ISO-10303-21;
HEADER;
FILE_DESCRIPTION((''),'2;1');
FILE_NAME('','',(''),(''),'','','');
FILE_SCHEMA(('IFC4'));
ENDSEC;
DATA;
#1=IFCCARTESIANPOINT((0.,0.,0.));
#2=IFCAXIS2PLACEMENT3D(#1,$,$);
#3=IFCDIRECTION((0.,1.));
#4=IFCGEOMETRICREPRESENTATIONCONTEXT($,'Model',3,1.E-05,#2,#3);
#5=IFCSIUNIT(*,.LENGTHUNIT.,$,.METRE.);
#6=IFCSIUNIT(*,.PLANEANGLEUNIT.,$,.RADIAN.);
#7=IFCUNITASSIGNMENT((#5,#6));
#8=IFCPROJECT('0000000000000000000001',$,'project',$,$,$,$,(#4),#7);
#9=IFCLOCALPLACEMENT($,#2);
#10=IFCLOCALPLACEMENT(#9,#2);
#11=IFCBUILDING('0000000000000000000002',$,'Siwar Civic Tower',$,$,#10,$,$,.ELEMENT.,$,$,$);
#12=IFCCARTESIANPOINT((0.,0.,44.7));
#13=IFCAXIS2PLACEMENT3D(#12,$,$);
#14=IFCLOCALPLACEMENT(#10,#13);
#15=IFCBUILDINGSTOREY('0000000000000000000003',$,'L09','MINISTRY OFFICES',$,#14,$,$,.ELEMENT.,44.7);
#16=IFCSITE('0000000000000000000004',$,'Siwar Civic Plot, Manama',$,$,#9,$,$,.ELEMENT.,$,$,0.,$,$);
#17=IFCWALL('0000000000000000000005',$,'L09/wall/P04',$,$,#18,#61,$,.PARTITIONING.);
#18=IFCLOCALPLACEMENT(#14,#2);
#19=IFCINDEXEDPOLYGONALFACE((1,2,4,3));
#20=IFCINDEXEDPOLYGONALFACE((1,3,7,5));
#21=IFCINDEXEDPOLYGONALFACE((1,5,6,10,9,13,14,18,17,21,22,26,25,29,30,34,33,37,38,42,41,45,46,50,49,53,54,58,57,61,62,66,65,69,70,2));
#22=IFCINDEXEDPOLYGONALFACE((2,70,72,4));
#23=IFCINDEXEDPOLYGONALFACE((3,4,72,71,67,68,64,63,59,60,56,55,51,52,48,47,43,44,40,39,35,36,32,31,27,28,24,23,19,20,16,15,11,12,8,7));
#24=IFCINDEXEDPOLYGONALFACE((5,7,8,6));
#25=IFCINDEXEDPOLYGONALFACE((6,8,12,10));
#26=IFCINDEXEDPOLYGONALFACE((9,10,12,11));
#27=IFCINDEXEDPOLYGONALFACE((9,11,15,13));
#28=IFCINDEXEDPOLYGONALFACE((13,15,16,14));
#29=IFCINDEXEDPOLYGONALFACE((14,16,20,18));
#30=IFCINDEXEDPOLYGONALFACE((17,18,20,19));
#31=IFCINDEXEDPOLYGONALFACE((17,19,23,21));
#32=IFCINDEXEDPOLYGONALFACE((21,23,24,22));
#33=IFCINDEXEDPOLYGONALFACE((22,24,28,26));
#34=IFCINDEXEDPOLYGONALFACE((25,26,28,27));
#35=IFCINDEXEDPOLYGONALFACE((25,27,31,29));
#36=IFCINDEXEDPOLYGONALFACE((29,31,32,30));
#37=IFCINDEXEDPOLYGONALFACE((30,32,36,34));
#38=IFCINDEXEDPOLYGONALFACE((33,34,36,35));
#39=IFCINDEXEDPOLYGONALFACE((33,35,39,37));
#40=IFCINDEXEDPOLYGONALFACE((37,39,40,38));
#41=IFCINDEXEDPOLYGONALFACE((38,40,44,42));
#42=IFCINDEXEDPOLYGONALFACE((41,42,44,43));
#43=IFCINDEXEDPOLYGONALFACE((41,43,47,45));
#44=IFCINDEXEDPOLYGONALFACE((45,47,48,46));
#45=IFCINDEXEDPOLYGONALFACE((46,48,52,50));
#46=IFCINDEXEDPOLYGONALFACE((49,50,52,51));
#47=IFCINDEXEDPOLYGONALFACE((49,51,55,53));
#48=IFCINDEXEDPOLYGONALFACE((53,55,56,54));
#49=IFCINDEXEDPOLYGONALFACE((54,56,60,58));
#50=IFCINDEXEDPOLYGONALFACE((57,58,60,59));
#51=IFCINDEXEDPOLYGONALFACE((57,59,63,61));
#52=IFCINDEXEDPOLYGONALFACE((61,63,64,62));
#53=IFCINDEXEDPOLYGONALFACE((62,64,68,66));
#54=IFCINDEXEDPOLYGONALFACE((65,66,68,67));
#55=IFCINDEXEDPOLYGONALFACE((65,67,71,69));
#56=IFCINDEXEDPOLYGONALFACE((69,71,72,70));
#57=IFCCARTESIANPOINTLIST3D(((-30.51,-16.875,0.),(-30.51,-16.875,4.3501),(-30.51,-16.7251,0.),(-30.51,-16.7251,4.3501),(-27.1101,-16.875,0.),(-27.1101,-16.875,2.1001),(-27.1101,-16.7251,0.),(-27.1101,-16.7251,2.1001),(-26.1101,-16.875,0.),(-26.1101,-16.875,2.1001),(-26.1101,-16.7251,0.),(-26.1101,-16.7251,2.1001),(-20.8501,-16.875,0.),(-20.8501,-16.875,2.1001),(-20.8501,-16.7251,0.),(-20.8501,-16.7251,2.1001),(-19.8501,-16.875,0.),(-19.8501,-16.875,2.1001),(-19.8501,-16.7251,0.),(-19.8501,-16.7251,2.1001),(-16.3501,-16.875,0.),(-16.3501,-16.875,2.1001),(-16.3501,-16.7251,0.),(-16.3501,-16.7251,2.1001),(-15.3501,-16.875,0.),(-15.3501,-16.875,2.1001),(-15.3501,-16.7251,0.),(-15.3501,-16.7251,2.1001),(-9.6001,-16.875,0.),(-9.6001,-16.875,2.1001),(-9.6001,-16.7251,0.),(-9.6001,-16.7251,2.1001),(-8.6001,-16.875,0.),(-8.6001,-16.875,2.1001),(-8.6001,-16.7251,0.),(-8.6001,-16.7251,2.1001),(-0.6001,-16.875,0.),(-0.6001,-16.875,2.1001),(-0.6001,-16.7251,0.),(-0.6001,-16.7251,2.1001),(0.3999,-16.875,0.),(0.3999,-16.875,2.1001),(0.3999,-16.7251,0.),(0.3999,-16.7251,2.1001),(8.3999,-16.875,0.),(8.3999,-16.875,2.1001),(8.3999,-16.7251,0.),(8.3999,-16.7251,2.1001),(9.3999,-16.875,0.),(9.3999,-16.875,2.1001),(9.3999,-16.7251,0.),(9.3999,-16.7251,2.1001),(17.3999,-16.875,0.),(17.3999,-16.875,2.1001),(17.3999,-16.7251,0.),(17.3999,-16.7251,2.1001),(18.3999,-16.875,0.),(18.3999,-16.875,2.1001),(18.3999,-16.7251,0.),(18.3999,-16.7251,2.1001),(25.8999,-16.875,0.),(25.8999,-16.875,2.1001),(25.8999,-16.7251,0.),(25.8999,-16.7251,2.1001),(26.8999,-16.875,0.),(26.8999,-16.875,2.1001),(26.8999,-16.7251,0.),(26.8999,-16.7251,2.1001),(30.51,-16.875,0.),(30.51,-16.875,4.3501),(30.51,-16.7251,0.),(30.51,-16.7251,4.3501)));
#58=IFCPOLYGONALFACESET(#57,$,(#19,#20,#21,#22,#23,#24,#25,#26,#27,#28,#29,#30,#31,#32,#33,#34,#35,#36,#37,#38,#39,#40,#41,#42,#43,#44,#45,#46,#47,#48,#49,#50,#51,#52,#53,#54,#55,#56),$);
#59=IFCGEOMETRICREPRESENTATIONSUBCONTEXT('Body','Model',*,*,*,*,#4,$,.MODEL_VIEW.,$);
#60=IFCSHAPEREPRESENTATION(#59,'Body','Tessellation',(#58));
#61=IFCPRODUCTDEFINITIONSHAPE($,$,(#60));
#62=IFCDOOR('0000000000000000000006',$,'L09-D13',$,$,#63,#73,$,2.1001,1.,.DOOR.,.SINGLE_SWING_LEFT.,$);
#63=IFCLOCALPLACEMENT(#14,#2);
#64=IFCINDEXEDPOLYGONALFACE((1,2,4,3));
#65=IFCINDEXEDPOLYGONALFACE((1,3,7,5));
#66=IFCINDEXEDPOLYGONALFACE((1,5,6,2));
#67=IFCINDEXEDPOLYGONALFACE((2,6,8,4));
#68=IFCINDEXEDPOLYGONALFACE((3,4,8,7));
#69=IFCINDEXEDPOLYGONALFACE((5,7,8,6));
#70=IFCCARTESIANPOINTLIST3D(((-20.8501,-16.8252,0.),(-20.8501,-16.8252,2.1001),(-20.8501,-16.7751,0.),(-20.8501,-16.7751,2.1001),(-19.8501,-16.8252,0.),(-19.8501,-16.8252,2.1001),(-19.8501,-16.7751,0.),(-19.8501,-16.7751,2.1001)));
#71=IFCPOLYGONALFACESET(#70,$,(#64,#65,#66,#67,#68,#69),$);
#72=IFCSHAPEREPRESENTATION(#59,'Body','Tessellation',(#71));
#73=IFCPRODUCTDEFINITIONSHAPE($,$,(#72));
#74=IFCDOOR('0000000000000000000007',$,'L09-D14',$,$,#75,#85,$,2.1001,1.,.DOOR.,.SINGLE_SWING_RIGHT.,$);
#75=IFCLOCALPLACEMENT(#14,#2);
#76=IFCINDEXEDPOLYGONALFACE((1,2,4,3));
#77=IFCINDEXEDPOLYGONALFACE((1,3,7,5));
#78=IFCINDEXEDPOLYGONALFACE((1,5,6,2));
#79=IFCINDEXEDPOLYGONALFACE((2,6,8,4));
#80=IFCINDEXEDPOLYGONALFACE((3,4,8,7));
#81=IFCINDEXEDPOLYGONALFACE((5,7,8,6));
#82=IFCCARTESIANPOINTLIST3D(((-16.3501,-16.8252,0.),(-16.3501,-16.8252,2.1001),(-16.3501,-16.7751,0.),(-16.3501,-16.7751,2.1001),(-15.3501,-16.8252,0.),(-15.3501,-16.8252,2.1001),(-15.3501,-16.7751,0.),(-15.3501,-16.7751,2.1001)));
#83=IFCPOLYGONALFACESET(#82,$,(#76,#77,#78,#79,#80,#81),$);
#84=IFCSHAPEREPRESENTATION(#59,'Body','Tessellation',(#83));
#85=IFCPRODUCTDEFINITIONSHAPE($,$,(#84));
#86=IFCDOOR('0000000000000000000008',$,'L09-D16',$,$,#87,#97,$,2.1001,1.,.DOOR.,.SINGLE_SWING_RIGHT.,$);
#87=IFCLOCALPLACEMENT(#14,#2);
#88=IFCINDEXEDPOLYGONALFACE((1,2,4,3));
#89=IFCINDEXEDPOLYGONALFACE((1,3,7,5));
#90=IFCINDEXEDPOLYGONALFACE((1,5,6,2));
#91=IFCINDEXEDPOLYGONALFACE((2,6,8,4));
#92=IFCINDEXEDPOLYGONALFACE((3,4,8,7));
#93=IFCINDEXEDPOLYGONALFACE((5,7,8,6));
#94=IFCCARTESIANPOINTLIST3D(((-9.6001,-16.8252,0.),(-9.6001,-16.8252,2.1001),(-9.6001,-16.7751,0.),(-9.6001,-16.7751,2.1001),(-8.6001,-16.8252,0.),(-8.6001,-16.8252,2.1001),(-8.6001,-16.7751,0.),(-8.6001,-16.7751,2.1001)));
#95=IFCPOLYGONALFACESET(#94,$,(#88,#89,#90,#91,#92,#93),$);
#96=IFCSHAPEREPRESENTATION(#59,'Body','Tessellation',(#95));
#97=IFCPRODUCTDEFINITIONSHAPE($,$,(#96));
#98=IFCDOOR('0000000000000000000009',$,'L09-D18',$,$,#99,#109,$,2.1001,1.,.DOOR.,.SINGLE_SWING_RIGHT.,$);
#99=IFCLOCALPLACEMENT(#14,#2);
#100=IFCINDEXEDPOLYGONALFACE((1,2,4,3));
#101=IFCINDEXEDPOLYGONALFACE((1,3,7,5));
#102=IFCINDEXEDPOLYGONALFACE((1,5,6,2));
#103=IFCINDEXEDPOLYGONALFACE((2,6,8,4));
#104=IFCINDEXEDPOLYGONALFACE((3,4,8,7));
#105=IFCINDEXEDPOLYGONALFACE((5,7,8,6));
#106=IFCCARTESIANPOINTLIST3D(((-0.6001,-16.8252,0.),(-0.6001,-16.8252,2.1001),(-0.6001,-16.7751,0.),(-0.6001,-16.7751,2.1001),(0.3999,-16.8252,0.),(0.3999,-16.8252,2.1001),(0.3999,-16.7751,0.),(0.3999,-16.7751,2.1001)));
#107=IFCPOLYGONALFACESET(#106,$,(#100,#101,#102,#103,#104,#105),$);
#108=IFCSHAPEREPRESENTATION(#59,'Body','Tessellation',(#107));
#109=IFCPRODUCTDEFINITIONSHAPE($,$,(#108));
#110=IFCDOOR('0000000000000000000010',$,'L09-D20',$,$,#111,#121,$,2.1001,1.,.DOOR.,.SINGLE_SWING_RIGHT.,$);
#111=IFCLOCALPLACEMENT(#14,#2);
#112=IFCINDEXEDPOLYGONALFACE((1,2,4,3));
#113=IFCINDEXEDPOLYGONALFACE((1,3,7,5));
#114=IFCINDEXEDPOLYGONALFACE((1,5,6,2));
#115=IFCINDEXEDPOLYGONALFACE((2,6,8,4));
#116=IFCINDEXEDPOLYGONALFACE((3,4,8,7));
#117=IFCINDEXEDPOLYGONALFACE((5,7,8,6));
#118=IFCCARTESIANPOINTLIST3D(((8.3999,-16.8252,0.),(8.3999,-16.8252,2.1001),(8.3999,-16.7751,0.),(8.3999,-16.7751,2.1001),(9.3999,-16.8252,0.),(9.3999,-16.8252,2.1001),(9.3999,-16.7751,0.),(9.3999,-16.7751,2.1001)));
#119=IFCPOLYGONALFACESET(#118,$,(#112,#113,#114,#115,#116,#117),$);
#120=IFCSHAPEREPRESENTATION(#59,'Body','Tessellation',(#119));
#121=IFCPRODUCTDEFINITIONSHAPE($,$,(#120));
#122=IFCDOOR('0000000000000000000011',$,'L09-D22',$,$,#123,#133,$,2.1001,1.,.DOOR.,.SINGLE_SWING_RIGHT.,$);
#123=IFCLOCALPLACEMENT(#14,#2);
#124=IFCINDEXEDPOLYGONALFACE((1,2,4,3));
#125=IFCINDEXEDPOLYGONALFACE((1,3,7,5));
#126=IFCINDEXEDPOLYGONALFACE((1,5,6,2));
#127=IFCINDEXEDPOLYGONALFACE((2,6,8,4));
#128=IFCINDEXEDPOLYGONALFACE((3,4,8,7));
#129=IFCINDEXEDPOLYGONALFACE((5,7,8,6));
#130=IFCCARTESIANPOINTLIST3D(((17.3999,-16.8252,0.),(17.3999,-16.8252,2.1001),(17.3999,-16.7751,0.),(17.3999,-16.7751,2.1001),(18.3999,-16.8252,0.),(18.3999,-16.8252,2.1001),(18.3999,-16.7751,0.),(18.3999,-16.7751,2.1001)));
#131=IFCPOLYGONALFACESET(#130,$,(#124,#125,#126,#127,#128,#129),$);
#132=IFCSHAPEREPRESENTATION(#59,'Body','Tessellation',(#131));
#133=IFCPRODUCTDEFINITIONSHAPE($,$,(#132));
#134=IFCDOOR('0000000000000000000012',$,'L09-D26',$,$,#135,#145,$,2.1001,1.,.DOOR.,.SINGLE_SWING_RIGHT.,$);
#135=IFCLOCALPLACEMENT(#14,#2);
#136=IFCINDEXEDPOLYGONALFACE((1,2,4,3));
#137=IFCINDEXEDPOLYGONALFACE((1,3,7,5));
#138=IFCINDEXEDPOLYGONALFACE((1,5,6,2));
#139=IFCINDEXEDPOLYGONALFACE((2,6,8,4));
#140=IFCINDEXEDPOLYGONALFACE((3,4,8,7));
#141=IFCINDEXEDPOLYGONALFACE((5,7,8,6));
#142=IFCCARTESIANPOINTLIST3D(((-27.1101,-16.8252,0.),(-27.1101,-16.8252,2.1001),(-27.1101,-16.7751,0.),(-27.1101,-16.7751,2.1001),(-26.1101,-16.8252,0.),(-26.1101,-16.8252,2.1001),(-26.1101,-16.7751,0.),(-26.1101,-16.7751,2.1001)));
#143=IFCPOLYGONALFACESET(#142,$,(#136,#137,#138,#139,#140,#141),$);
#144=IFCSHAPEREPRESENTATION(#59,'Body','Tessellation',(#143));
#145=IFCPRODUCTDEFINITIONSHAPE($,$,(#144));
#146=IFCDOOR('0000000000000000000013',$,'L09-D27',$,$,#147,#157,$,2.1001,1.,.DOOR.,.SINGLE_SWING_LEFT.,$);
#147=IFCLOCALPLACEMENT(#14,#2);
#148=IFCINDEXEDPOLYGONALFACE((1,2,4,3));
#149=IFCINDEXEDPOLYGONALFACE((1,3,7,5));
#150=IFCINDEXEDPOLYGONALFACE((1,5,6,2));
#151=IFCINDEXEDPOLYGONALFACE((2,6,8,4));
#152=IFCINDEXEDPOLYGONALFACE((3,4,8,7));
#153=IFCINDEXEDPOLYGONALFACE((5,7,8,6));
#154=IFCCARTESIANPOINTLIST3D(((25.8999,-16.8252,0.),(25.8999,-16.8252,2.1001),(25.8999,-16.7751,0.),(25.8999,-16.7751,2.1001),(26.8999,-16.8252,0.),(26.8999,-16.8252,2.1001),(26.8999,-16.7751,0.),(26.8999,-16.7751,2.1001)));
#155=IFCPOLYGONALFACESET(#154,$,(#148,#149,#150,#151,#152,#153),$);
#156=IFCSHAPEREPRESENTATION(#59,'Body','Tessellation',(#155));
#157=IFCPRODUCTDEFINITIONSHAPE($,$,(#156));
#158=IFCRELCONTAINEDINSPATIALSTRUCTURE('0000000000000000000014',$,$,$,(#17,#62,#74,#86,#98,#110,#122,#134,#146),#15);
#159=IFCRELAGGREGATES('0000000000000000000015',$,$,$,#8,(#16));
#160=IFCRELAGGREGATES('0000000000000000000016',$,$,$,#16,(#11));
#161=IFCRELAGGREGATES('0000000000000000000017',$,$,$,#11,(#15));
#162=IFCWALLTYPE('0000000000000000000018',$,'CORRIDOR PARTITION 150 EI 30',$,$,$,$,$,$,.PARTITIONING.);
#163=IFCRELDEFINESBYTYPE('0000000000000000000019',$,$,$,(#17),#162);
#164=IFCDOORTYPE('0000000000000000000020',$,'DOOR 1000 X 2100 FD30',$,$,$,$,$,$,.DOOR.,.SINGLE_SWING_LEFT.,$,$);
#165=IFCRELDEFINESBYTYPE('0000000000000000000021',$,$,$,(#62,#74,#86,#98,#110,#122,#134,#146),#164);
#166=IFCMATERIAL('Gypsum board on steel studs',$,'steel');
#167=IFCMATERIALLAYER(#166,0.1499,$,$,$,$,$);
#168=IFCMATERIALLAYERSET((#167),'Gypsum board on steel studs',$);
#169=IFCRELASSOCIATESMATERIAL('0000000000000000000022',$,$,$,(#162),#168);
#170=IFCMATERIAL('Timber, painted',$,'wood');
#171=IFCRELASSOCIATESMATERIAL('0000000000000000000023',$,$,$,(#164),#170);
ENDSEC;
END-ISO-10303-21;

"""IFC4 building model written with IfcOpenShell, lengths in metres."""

from ifc_helpers import new_model, si_unit, direction, frame, frame_2d, origin, place, context, subcontext, project, spatial, rectangle, extrude, material, layer, layer_set, type_object, element, fill, save


model = new_model("IFC4")

# Units and contexts
model_context = context("Model", 3, precision=1e-05, world=origin(), true_north=direction((0.0, 1.0)))
body_context = subcontext(model_context, "Body", "Model", "MODEL_VIEW")
ifc_project = project(units=[si_unit("LENGTHUNIT", "METRE"), si_unit("PLANEANGLEUNIT", "RADIAN")], contexts=[model_context])

# Site, building, storey
site_placement = place(None, origin())
site = spatial("IfcSite", under=ifc_project, at=site_placement, Name="Siwar Civic Plot, Manama", CompositionType="ELEMENT", RefElevation=0.0)
building_placement = place(site_placement, origin())
building = spatial("IfcBuilding", under=site, at=building_placement, Name="Siwar Civic Tower", CompositionType="ELEMENT")
storey_placement = place(building_placement, frame((0.0, 0.0, 44.7)))
storey = spatial("IfcBuildingStorey", under=building, at=storey_placement, Name="L09", Description="MINISTRY OFFICES", CompositionType="ELEMENT", Elevation=44.7)

# Wall, openings, doors
ifc_material_1 = material(Name="Gypsum board on steel studs", Category="steel")
ifc_layer_1 = layer(ifc_material_1, 0.1499)
ifc_layer_set_1 = layer_set([ifc_layer_1], Name="Gypsum board on steel studs")
wall_type_1 = type_object("IfcWallType", Name="CORRIDOR PARTITION 150 EI 30", PredefinedType="PARTITIONING", material=ifc_layer_set_1)
wall_1_placement = place(storey_placement, frame((-30.51, -16.8, 0.0), z_axis=(0.0, 0.0, 1.0), x_axis=(1.0, 0.0, 0.0)))
wall_1 = element("IfcWall", 1, at=wall_1_placement, inside=storey, type_object=wall_type_1, Name="L09/wall/P04", PredefinedType="PARTITIONING", context=body_context, shape_type="SweptSolid", body=[
    extrude(rectangle(XDim=61.02, YDim=0.1499, at=frame_2d((30.51, 0.0))), origin(), (0.0, 0.0, 1.0), 4.3501),
])
opening_1_placement = place(wall_1_placement, frame((9.6599, 0.0, 0.0)))
opening_1 = element("IfcOpeningElement", 2, at=opening_1_placement, cuts=wall_1, PredefinedType="OPENING", context=body_context, shape_type="SweptSolid", body=[
    extrude(rectangle(XDim=1.0, YDim=2.1001, at=frame_2d((0.5, 1.05))), frame((0.0, 0.085, 0.0), z_axis=(0.0, -1.0, 0.0), x_axis=(1.0, 0.0, 0.0)), (0.0, 0.0, 1.0), 0.1699),
])
opening_2_placement = place(wall_1_placement, frame((14.1599, 0.0, 0.0)))
opening_2 = element("IfcOpeningElement", 3, at=opening_2_placement, cuts=wall_1, PredefinedType="OPENING", context=body_context, shape_type="SweptSolid", body=[
    extrude(rectangle(XDim=1.0, YDim=2.1001, at=frame_2d((0.5, 1.05))), frame((0.0, 0.085, 0.0), z_axis=(0.0, -1.0, 0.0), x_axis=(1.0, 0.0, 0.0)), (0.0, 0.0, 1.0), 0.1699),
])
opening_3_placement = place(wall_1_placement, frame((20.9099, 0.0, 0.0)))
opening_3 = element("IfcOpeningElement", 4, at=opening_3_placement, cuts=wall_1, PredefinedType="OPENING", context=body_context, shape_type="SweptSolid", body=[
    extrude(rectangle(XDim=1.0, YDim=2.1001, at=frame_2d((0.5, 1.05))), frame((0.0, 0.085, 0.0), z_axis=(0.0, -1.0, 0.0), x_axis=(1.0, 0.0, 0.0)), (0.0, 0.0, 1.0), 0.1699),
])
opening_4_placement = place(wall_1_placement, frame((29.9099, 0.0, 0.0)))
opening_4 = element("IfcOpeningElement", 5, at=opening_4_placement, cuts=wall_1, PredefinedType="OPENING", context=body_context, shape_type="SweptSolid", body=[
    extrude(rectangle(XDim=1.0, YDim=2.1001, at=frame_2d((0.5, 1.05))), frame((0.0, 0.085, 0.0), z_axis=(0.0, -1.0, 0.0), x_axis=(1.0, 0.0, 0.0)), (0.0, 0.0, 1.0), 0.1699),
])
opening_5_placement = place(wall_1_placement, frame((38.9099, 0.0, 0.0)))
opening_5 = element("IfcOpeningElement", 6, at=opening_5_placement, cuts=wall_1, PredefinedType="OPENING", context=body_context, shape_type="SweptSolid", body=[
    extrude(rectangle(XDim=1.0, YDim=2.1001, at=frame_2d((0.5, 1.05))), frame((0.0, 0.085, 0.0), z_axis=(0.0, -1.0, 0.0), x_axis=(1.0, 0.0, 0.0)), (0.0, 0.0, 1.0), 0.1699),
])
opening_6_placement = place(wall_1_placement, frame((47.9099, 0.0, 0.0)))
opening_6 = element("IfcOpeningElement", 7, at=opening_6_placement, cuts=wall_1, PredefinedType="OPENING", context=body_context, shape_type="SweptSolid", body=[
    extrude(rectangle(XDim=1.0, YDim=2.1001, at=frame_2d((0.5, 1.05))), frame((0.0, 0.085, 0.0), z_axis=(0.0, -1.0, 0.0), x_axis=(1.0, 0.0, 0.0)), (0.0, 0.0, 1.0), 0.1699),
])
opening_7_placement = place(wall_1_placement, frame((3.3999, 0.0, 0.0)))
opening_7 = element("IfcOpeningElement", 8, at=opening_7_placement, cuts=wall_1, PredefinedType="OPENING", context=body_context, shape_type="SweptSolid", body=[
    extrude(rectangle(XDim=1.0, YDim=2.1001, at=frame_2d((0.5, 1.05))), frame((0.0, 0.085, 0.0), z_axis=(0.0, -1.0, 0.0), x_axis=(1.0, 0.0, 0.0)), (0.0, 0.0, 1.0), 0.1699),
])
opening_8_placement = place(wall_1_placement, frame((56.4099, 0.0, 0.0)))
opening_8 = element("IfcOpeningElement", 9, at=opening_8_placement, cuts=wall_1, PredefinedType="OPENING", context=body_context, shape_type="SweptSolid", body=[
    extrude(rectangle(XDim=1.0, YDim=2.1001, at=frame_2d((0.5, 1.05))), frame((0.0, 0.085, 0.0), z_axis=(0.0, -1.0, 0.0), x_axis=(1.0, 0.0, 0.0)), (0.0, 0.0, 1.0), 0.1699),
])
ifc_material_2 = material(Name="Timber, painted", Category="wood")
door_type_1 = type_object("IfcDoorType", Name="DOOR 1000 X 2100 FD30", OperationType="SINGLE_SWING_LEFT", PredefinedType="DOOR", material=ifc_material_2)
door_1_placement = place(opening_1_placement, origin())
door_1 = element("IfcDoor", 10, at=door_1_placement, inside=storey, type_object=door_type_1, Name="L09-D13", OperationType="SINGLE_SWING_LEFT", OverallHeight=2.1001, OverallWidth=1.0, PredefinedType="DOOR", context=body_context, shape_type="SweptSolid", body=[
    extrude(rectangle(XDim=1.0, YDim=2.1001, at=frame_2d((0.5, 1.05))), frame((0.0, 0.0249, 0.0), z_axis=(0.0, -1.0, 0.0), x_axis=(1.0, 0.0, 0.0)), (0.0, 0.0, 1.0), 0.05),
])
fill(opening_1, door_1)
door_2_placement = place(opening_2_placement, origin())
door_2 = element("IfcDoor", 11, at=door_2_placement, inside=storey, type_object=door_type_1, Name="L09-D14", OperationType="SINGLE_SWING_RIGHT", OverallHeight=2.1001, OverallWidth=1.0, PredefinedType="DOOR", context=body_context, shape_type="SweptSolid", body=[
    extrude(rectangle(XDim=1.0, YDim=2.1001, at=frame_2d((0.5, 1.05))), frame((0.0, 0.0249, 0.0), z_axis=(0.0, -1.0, 0.0), x_axis=(1.0, 0.0, 0.0)), (0.0, 0.0, 1.0), 0.05),
])
fill(opening_2, door_2)
door_3_placement = place(opening_3_placement, origin())
door_3 = element("IfcDoor", 12, at=door_3_placement, inside=storey, type_object=door_type_1, Name="L09-D16", OperationType="SINGLE_SWING_RIGHT", OverallHeight=2.1001, OverallWidth=1.0, PredefinedType="DOOR", context=body_context, shape_type="SweptSolid", body=[
    extrude(rectangle(XDim=1.0, YDim=2.1001, at=frame_2d((0.5, 1.05))), frame((0.0, 0.0249, 0.0), z_axis=(0.0, -1.0, 0.0), x_axis=(1.0, 0.0, 0.0)), (0.0, 0.0, 1.0), 0.05),
])
fill(opening_3, door_3)
door_4_placement = place(opening_4_placement, origin())
door_4 = element("IfcDoor", 13, at=door_4_placement, inside=storey, type_object=door_type_1, Name="L09-D18", OperationType="SINGLE_SWING_RIGHT", OverallHeight=2.1001, OverallWidth=1.0, PredefinedType="DOOR", context=body_context, shape_type="SweptSolid", body=[
    extrude(rectangle(XDim=1.0, YDim=2.1001, at=frame_2d((0.5, 1.05))), frame((0.0, 0.0249, 0.0), z_axis=(0.0, -1.0, 0.0), x_axis=(1.0, 0.0, 0.0)), (0.0, 0.0, 1.0), 0.05),
])
fill(opening_4, door_4)
door_5_placement = place(opening_5_placement, origin())
door_5 = element("IfcDoor", 14, at=door_5_placement, inside=storey, type_object=door_type_1, Name="L09-D20", OperationType="SINGLE_SWING_RIGHT", OverallHeight=2.1001, OverallWidth=1.0, PredefinedType="DOOR", context=body_context, shape_type="SweptSolid", body=[
    extrude(rectangle(XDim=1.0, YDim=2.1001, at=frame_2d((0.5, 1.05))), frame((0.0, 0.0249, 0.0), z_axis=(0.0, -1.0, 0.0), x_axis=(1.0, 0.0, 0.0)), (0.0, 0.0, 1.0), 0.05),
])
fill(opening_5, door_5)
door_6_placement = place(opening_6_placement, origin())
door_6 = element("IfcDoor", 15, at=door_6_placement, inside=storey, type_object=door_type_1, Name="L09-D22", OperationType="SINGLE_SWING_RIGHT", OverallHeight=2.1001, OverallWidth=1.0, PredefinedType="DOOR", context=body_context, shape_type="SweptSolid", body=[
    extrude(rectangle(XDim=1.0, YDim=2.1001, at=frame_2d((0.5, 1.05))), frame((0.0, 0.0249, 0.0), z_axis=(0.0, -1.0, 0.0), x_axis=(1.0, 0.0, 0.0)), (0.0, 0.0, 1.0), 0.05),
])
fill(opening_6, door_6)
door_7_placement = place(opening_7_placement, origin())
door_7 = element("IfcDoor", 16, at=door_7_placement, inside=storey, type_object=door_type_1, Name="L09-D26", OperationType="SINGLE_SWING_RIGHT", OverallHeight=2.1001, OverallWidth=1.0, PredefinedType="DOOR", context=body_context, shape_type="SweptSolid", body=[
    extrude(rectangle(XDim=1.0, YDim=2.1001, at=frame_2d((0.5, 1.05))), frame((0.0, 0.0249, 0.0), z_axis=(0.0, -1.0, 0.0), x_axis=(1.0, 0.0, 0.0)), (0.0, 0.0, 1.0), 0.05),
])
fill(opening_7, door_7)
door_8_placement = place(opening_8_placement, origin())
door_8 = element("IfcDoor", 17, at=door_8_placement, inside=storey, type_object=door_type_1, Name="L09-D27", OperationType="SINGLE_SWING_LEFT", OverallHeight=2.1001, OverallWidth=1.0, PredefinedType="DOOR", context=body_context, shape_type="SweptSolid", body=[
    extrude(rectangle(XDim=1.0, YDim=2.1001, at=frame_2d((0.5, 1.05))), frame((0.0, 0.0249, 0.0), z_axis=(0.0, -1.0, 0.0), x_axis=(1.0, 0.0, 0.0)), (0.0, 0.0, 1.0), 0.05),
])
fill(opening_8, door_8)

save(model, "model.ifc")
